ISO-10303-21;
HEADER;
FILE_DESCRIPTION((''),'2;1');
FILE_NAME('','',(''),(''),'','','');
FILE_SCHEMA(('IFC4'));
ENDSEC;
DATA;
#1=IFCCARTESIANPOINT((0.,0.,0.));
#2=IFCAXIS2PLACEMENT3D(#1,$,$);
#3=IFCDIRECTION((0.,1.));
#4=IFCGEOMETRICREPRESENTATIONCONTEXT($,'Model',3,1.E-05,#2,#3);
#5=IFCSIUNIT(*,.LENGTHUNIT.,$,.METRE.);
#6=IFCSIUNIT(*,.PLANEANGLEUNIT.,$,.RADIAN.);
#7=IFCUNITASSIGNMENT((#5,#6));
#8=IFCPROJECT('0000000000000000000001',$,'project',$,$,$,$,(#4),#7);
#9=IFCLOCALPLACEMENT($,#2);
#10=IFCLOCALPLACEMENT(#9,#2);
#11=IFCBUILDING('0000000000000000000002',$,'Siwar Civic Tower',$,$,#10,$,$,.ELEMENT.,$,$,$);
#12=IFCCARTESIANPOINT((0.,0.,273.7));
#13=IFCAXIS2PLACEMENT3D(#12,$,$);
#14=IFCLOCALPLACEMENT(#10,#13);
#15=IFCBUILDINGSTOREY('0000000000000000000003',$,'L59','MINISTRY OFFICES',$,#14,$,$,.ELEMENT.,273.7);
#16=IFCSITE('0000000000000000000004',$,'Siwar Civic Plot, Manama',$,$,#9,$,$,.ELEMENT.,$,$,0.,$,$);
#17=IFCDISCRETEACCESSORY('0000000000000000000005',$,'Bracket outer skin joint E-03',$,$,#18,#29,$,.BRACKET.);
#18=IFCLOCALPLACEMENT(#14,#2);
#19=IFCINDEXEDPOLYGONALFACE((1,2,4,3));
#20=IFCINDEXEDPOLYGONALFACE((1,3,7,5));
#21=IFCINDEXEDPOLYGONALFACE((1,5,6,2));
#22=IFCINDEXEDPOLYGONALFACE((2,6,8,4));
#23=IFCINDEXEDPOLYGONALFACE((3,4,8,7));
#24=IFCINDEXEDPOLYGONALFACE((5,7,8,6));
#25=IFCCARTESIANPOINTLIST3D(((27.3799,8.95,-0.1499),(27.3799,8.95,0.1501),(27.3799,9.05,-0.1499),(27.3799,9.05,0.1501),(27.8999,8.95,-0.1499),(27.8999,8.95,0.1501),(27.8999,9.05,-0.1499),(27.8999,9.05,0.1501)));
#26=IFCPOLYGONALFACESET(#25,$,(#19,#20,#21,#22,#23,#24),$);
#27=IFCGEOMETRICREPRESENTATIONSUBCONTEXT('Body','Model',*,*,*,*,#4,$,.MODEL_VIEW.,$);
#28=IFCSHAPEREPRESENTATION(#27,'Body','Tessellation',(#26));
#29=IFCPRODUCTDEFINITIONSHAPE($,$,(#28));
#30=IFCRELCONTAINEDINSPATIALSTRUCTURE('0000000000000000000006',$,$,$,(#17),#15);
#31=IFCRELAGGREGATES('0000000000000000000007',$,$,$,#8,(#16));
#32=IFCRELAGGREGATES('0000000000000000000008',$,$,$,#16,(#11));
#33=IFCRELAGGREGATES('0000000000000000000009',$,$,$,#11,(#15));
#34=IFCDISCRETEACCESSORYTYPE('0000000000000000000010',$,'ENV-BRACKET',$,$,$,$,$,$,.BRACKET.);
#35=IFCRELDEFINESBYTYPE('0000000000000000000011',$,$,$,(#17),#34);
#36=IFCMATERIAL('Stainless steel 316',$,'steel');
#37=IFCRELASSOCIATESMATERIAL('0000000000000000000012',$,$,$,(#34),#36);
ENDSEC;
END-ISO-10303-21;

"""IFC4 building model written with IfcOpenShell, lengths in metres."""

from ifc_helpers import new_model, si_unit, direction, frame, origin, origin_2d, place, context, subcontext, project, spatial, rectangle, extrude, material, type_object, element, save


model = new_model("IFC4")

# Units and contexts
model_context = context("Model", 3, precision=1e-05, world=origin(), true_north=direction((0.0, 1.0)))
body_context = subcontext(model_context, "Body", "Model", "MODEL_VIEW")
ifc_project = project(units=[si_unit("LENGTHUNIT", "METRE"), si_unit("PLANEANGLEUNIT", "RADIAN")], contexts=[model_context])

# Site, building, storey
site_placement = place(None, origin())
site = spatial("IfcSite", under=ifc_project, at=site_placement, Name="Siwar Civic Plot, Manama", CompositionType="ELEMENT", RefElevation=0.0)
building_placement = place(site_placement, origin())
building = spatial("IfcBuilding", under=site, at=building_placement, Name="Siwar Civic Tower", CompositionType="ELEMENT")
storey_placement = place(building_placement, frame((0.0, 0.0, 273.7)))
storey = spatial("IfcBuildingStorey", under=building, at=storey_placement, Name="L59", Description="MINISTRY OFFICES", CompositionType="ELEMENT", Elevation=273.7)

# Discrete accessory
ifc_material_1 = material(Name="Stainless steel 316", Category="steel")
discrete_accessory_type = type_object("IfcDiscreteAccessoryType", Name="ENV-BRACKET", PredefinedType="BRACKET", material=ifc_material_1)
for number, where, z_axis, x_axis, name in (
    (1, (27.6399, 9.0, -0.1499), (0.0, 0.0, 1.0), (1.0, 0.0, 0.0), "Bracket outer skin joint E-03"),
):
    element("IfcDiscreteAccessory", number, at=place(storey_placement, frame(where, z_axis=z_axis, x_axis=x_axis)), inside=storey, type_object=discrete_accessory_type, Name=name, PredefinedType="BRACKET", context=body_context, shape_type="SweptSolid", body=[
        extrude(rectangle(XDim=0.52, YDim=0.1001, at=origin_2d()), origin(), (0.0, 0.0, 1.0), 0.3),
    ])

save(model, "model.ifc")
